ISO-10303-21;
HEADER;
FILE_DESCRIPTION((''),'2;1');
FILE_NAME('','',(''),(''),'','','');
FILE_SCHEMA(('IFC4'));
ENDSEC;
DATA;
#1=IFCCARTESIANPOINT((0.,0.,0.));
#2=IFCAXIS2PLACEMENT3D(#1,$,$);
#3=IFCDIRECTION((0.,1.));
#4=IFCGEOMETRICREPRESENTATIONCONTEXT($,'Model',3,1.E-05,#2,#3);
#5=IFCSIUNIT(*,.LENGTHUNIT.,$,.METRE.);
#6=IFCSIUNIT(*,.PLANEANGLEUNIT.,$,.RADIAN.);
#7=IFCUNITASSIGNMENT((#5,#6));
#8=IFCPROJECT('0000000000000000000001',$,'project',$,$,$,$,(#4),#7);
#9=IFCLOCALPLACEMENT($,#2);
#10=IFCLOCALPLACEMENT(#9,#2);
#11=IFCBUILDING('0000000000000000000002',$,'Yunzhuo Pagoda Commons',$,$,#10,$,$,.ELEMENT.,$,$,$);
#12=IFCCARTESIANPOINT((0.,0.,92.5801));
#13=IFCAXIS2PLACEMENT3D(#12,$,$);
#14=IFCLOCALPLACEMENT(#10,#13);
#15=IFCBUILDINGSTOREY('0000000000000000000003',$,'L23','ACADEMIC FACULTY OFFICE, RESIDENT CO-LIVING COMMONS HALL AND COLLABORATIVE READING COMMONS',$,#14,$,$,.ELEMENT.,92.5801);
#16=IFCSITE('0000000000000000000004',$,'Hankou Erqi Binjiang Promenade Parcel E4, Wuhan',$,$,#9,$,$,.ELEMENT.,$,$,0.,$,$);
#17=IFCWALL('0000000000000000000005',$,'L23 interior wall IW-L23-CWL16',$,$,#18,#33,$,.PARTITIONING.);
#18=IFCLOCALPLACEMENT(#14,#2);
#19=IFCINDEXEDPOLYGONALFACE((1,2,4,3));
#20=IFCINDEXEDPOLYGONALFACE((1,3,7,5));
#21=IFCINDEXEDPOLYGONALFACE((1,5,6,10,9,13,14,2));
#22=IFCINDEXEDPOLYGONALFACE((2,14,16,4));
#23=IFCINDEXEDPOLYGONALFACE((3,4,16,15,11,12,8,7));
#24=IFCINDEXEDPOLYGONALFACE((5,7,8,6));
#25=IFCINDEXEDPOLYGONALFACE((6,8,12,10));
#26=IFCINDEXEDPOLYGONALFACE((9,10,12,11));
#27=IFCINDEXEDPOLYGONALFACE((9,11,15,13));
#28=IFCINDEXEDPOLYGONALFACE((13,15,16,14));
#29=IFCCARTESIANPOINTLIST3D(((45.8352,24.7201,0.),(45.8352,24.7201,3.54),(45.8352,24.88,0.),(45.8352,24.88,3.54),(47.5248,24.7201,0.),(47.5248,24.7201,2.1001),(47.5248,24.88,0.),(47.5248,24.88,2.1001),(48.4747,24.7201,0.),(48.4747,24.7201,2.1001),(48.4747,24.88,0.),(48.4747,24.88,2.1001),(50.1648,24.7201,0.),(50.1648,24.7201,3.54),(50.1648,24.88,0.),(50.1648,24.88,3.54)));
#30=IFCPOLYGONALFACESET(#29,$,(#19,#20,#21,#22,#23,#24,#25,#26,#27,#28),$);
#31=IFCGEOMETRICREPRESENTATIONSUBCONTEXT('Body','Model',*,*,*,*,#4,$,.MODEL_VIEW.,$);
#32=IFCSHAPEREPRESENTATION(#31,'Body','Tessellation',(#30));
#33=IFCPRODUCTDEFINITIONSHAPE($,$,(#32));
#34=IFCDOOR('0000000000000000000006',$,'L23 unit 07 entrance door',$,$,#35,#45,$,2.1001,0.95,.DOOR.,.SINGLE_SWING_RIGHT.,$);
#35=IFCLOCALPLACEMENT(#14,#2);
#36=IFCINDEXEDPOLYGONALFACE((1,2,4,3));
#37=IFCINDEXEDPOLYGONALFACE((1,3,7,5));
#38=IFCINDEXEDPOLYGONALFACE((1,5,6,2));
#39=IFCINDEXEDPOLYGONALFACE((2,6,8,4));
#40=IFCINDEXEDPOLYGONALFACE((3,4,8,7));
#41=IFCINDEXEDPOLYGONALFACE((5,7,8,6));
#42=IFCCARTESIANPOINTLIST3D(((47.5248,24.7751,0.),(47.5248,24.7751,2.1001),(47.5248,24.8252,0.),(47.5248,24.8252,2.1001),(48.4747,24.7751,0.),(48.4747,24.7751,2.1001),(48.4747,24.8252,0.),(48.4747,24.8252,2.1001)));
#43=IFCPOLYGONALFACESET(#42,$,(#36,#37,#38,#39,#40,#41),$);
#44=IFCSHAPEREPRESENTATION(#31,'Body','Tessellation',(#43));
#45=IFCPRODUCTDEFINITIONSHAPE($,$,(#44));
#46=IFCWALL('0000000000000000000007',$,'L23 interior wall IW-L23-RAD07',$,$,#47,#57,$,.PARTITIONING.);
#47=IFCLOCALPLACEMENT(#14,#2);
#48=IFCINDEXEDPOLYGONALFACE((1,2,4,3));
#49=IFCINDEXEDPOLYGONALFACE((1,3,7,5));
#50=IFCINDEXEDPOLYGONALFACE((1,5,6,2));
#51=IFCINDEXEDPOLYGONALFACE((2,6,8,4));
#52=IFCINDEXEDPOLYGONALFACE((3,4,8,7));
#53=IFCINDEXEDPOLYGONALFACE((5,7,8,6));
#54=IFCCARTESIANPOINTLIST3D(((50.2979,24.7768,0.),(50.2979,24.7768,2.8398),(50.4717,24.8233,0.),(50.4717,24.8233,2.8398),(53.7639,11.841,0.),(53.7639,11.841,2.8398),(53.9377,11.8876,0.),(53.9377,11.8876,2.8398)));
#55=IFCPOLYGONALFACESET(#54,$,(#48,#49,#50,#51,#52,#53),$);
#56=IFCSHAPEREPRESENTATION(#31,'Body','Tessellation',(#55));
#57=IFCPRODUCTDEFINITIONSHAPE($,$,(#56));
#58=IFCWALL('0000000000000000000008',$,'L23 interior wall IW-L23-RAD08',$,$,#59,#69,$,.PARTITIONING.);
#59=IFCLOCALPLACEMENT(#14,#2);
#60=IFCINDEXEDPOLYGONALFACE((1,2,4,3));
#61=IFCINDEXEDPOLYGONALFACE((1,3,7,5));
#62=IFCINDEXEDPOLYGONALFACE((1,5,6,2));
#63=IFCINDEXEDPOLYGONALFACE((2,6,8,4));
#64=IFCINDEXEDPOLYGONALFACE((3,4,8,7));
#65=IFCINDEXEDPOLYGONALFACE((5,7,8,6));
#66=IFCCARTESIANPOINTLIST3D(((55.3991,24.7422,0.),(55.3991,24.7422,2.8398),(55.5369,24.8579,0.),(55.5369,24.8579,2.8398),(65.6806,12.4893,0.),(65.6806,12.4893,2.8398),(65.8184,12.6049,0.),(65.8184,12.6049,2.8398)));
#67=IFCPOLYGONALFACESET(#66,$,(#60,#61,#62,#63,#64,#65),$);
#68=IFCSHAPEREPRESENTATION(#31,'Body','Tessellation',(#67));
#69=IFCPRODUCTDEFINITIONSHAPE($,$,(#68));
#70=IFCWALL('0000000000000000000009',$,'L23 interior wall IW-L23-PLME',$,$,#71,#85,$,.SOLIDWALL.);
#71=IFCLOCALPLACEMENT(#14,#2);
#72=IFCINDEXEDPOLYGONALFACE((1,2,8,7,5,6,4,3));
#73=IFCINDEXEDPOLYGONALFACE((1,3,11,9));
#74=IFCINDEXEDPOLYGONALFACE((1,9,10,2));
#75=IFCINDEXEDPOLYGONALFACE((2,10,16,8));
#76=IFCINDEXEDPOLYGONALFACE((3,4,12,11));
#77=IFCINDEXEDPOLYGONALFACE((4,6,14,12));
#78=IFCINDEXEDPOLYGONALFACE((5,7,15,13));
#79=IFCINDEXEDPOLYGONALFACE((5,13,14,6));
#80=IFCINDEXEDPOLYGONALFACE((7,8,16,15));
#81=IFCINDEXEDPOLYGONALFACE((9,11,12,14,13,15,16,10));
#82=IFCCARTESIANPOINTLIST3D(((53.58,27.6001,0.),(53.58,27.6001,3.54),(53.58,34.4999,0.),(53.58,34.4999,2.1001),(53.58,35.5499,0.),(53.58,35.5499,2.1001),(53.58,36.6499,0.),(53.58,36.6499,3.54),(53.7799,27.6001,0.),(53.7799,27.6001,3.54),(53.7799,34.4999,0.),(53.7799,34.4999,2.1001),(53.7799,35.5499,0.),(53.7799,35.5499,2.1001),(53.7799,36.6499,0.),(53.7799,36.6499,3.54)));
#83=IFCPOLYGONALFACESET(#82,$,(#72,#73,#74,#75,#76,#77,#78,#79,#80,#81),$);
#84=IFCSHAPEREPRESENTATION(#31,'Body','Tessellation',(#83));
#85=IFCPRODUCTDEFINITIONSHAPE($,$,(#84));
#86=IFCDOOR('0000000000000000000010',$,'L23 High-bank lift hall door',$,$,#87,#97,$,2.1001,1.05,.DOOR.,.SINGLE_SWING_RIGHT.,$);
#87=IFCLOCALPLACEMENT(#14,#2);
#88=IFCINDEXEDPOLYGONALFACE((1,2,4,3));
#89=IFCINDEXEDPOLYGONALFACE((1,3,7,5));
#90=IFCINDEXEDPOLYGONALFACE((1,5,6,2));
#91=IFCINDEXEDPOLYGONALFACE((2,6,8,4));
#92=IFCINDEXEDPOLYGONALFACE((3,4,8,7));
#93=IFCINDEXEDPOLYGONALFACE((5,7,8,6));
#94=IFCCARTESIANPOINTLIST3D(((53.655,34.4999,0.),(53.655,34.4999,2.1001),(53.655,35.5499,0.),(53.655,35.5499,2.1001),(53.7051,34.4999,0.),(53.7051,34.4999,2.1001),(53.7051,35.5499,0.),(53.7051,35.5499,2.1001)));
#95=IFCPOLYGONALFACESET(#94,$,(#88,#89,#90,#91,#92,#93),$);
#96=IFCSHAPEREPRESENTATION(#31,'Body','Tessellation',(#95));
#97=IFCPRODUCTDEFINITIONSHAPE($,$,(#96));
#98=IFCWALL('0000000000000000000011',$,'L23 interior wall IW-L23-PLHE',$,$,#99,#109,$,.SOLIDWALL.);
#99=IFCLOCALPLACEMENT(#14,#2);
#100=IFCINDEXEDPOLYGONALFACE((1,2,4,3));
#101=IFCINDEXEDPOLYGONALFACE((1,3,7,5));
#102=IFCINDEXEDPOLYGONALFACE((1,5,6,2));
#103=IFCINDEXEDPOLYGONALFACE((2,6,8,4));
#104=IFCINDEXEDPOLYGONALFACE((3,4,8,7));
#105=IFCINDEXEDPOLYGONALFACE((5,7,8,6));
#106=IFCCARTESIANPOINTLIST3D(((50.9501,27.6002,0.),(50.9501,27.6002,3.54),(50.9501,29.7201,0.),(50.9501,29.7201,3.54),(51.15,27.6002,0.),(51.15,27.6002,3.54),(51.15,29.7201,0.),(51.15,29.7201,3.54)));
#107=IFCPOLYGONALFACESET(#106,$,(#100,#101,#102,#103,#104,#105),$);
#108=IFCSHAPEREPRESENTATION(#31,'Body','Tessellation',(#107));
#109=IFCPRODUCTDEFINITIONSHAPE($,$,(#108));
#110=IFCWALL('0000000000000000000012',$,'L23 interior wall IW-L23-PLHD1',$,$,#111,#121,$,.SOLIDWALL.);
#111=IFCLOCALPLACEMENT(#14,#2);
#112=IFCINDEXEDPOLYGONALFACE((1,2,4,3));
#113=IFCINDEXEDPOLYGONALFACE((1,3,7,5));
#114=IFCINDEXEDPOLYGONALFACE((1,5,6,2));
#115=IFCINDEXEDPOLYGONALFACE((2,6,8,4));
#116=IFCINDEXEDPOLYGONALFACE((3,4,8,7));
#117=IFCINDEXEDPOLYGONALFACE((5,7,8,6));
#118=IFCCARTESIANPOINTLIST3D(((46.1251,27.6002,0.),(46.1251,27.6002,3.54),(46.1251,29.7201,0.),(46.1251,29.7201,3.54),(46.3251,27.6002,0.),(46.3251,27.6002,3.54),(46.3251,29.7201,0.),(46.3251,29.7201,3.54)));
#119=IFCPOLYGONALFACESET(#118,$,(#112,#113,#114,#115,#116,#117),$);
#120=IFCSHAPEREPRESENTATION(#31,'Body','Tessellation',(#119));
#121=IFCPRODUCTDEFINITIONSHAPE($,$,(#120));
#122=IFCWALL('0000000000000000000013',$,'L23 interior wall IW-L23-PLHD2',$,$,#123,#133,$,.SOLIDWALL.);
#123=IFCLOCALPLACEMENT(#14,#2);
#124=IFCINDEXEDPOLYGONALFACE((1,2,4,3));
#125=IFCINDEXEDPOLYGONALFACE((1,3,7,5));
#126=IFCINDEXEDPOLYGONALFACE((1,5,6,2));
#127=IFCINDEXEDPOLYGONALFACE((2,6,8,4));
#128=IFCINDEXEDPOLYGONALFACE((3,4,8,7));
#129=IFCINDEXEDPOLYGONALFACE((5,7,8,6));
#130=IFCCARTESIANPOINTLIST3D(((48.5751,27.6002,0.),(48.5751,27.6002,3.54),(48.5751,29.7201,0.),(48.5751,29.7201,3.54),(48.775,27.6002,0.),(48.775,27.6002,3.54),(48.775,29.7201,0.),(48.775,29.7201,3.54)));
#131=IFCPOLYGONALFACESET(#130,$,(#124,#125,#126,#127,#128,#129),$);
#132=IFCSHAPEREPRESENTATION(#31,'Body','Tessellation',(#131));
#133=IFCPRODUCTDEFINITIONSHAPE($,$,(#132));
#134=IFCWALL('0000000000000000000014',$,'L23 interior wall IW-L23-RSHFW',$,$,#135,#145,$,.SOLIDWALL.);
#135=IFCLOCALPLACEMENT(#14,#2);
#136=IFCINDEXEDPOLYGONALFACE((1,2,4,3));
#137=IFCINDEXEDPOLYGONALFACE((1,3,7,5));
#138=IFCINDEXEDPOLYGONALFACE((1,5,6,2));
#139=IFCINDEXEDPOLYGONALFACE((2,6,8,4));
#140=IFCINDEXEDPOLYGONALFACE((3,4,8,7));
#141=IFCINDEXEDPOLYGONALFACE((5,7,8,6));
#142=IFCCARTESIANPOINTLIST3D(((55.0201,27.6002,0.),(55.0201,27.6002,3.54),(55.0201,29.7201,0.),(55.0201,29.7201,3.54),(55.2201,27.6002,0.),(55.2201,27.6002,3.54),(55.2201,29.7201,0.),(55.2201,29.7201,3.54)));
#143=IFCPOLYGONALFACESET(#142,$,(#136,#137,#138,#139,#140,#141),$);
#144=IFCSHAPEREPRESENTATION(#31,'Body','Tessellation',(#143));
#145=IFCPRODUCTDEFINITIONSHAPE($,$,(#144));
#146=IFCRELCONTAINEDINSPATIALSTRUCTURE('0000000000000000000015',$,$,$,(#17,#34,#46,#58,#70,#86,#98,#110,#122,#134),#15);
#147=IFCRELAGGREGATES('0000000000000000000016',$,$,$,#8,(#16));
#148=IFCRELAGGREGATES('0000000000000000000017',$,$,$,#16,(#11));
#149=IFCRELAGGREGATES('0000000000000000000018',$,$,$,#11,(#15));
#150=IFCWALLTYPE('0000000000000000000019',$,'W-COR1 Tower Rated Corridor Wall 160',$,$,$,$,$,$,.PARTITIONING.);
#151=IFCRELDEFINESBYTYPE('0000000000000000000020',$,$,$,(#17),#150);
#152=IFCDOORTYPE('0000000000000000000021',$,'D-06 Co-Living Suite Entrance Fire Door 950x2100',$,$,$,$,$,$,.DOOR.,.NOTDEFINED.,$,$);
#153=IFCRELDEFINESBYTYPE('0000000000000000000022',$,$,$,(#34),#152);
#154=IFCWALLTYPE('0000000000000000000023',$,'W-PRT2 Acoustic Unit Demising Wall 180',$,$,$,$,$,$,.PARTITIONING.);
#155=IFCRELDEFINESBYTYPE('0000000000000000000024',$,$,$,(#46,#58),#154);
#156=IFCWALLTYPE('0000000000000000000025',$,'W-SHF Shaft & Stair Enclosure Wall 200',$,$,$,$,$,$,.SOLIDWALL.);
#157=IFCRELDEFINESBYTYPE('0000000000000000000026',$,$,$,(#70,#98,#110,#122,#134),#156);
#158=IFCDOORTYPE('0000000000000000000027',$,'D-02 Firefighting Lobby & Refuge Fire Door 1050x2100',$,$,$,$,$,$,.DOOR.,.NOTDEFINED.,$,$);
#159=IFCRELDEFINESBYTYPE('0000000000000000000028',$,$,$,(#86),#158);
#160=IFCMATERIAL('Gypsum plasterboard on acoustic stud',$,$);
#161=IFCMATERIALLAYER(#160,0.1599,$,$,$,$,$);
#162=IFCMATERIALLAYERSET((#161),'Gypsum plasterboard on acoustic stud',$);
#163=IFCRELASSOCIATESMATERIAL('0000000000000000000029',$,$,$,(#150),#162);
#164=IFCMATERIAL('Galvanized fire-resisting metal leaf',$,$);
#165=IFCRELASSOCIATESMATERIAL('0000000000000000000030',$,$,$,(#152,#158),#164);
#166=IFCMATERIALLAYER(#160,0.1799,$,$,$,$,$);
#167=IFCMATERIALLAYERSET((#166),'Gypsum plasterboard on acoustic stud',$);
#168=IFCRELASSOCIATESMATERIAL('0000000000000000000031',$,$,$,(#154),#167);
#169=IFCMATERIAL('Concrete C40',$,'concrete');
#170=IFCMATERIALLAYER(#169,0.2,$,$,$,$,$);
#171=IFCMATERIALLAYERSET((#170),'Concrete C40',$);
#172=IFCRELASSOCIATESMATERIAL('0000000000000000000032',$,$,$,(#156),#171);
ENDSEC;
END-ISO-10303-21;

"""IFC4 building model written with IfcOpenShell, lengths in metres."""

from ifc_helpers import new_model, si_unit, direction, frame, frame_2d, origin, origin_with_axes, place, context, subcontext, project, spatial, rectangle, extrude, source, transform, mapped, material, layer, layer_set, type_object, element, fill, save


model = new_model("IFC4")

# Units and contexts
model_context = context("Model", 3, precision=1e-05, world=origin(), true_north=direction((0.0, 1.0)))
body_context = subcontext(model_context, "Body", "Model", "MODEL_VIEW")
ifc_project = project(units=[si_unit("LENGTHUNIT", "METRE"), si_unit("PLANEANGLEUNIT", "RADIAN")], contexts=[model_context])

# Site, building, storey
site_placement = place(None, origin())
site = spatial("IfcSite", under=ifc_project, at=site_placement, Name="Hankou Erqi Binjiang Promenade Parcel E4, Wuhan", CompositionType="ELEMENT", RefElevation=0.0)
building_placement = place(site_placement, origin())
building = spatial("IfcBuilding", under=site, at=building_placement, Name="Yunzhuo Pagoda Commons", CompositionType="ELEMENT")
storey_placement = place(building_placement, frame((0.0, 0.0, 92.5801)))
storey = spatial("IfcBuildingStorey", under=building, at=storey_placement, Name="L23", Description="ACADEMIC FACULTY OFFICE, RESIDENT CO-LIVING COMMONS HALL AND COLLABORATIVE READING COMMONS", CompositionType="ELEMENT", Elevation=92.5801)

# Wall, opening, door
ifc_material_1 = material(Name="Gypsum plasterboard on acoustic stud")
ifc_layer_1 = layer(ifc_material_1, 0.1599)
ifc_layer_set_1 = layer_set([ifc_layer_1], Name="Gypsum plasterboard on acoustic stud")
wall_type_1 = type_object("IfcWallType", Name="W-COR1 Tower Rated Corridor Wall 160", PredefinedType="PARTITIONING", material=ifc_layer_set_1)
ifc_material_2 = material(Name="Galvanized fire-resisting metal leaf")
door_type_1 = type_object("IfcDoorType", Name="D-06 Co-Living Suite Entrance Fire Door 950x2100", OperationType="NOTDEFINED", PredefinedType="DOOR", material=ifc_material_2)
shared_shape_1 = source(origin(), body_context, "Body", "SweptSolid", [
    extrude(rectangle(XDim=0.95, YDim=2.1001, at=frame_2d((0.4751, 1.05))), frame((0.0, 0.0249, 0.0), z_axis=(0.0, -1.0, 0.0), x_axis=(1.0, 0.0, 0.0)), (0.0, 0.0, 1.0), 0.05),
])
wall_1_placement = place(storey_placement, frame((50.1648, 24.8, 0.0), z_axis=(0.0, 0.0, 1.0), x_axis=(-1.0, 0.0, 0.0)))
wall_1 = element("IfcWall", 1, at=wall_1_placement, inside=storey, type_object=wall_type_1, Name="L23 interior wall IW-L23-CWL16", PredefinedType="PARTITIONING", context=body_context, shape_type="SweptSolid", body=[
    extrude(rectangle(XDim=4.3296, YDim=0.1599, at=frame_2d((2.1648, 0.0))), origin(), (0.0, 0.0, 1.0), 3.54),
])
opening_1_placement = place(wall_1_placement, frame((1.6899, 0.0, 0.0)))
opening_1 = element("IfcOpeningElement", 2, at=opening_1_placement, cuts=wall_1, PredefinedType="OPENING", context=body_context, shape_type="SweptSolid", body=[
    extrude(rectangle(XDim=0.95, YDim=2.1001, at=frame_2d((0.4751, 1.05))), frame((0.0, 0.0898, 0.0), z_axis=(0.0, -1.0, 0.0), x_axis=(1.0, 0.0, 0.0)), (0.0, 0.0, 1.0), 0.1799),
])
door_1_placement = place(opening_1_placement, origin_with_axes())
door_1 = element("IfcDoor", 3, at=door_1_placement, inside=storey, type_object=door_type_1, Name="L23 unit 07 entrance door", OperationType="SINGLE_SWING_RIGHT", OverallHeight=2.1001, OverallWidth=0.95, PredefinedType="DOOR", context=body_context, shape_type="MappedRepresentation", body=[
    mapped(shared_shape_1, transform((0.0, 0.0, 0.0), scale=1.0)),
])
fill(opening_1, door_1)

# Walls
ifc_layer_2 = layer(ifc_material_1, 0.1799)
ifc_layer_set_2 = layer_set([ifc_layer_2], Name="Gypsum plasterboard on acoustic stud")
wall_type_2 = type_object("IfcWallType", Name="W-PRT2 Acoustic Unit Demising Wall 180", PredefinedType="PARTITIONING", material=ifc_layer_set_2)
wall_2_placement = place(storey_placement, frame((50.3848, 24.8, 0.0), z_axis=(0.0, 0.0, 1.0), x_axis=(0.258814, -0.965927, 0.0)))
element("IfcWall", 4, at=wall_2_placement, inside=storey, type_object=wall_type_2, Name="L23 interior wall IW-L23-RAD07", PredefinedType="PARTITIONING", context=body_context, shape_type="SweptSolid", body=[
    extrude(rectangle(XDim=13.3921, YDim=0.1799, at=frame_2d((6.696, 0.0))), origin(), (0.0, 0.0, 1.0), 2.8398),
])
wall_3_placement = place(storey_placement, frame((55.468, 24.8, 0.0), z_axis=(0.0, 0.0, 1.0), x_axis=(0.64279, -0.766042, 0.0)))
element("IfcWall", 5, at=wall_3_placement, inside=storey, type_object=wall_type_2, Name="L23 interior wall IW-L23-RAD08", PredefinedType="PARTITIONING", context=body_context, shape_type="SweptSolid", body=[
    extrude(rectangle(XDim=15.9951, YDim=0.1799, at=frame_2d((7.9976, 0.0))), origin(), (0.0, 0.0, 1.0), 2.8398),
])

# Wall, opening, door
ifc_material_3 = material(Name="Concrete C40", Category="concrete")
ifc_layer_3 = layer(ifc_material_3, 0.2)
ifc_layer_set_3 = layer_set([ifc_layer_3], Name="Concrete C40")
wall_type_3 = type_object("IfcWallType", Name="W-SHF Shaft & Stair Enclosure Wall 200", PredefinedType="SOLIDWALL", material=ifc_layer_set_3)
wall_4_placement = place(storey_placement, frame((53.6799, 27.6001, 0.0), z_axis=(0.0, 0.0, 1.0), x_axis=(0.0, 1.0, 0.0)))
wall_4 = element("IfcWall", 6, at=wall_4_placement, inside=storey, type_object=wall_type_3, Name="L23 interior wall IW-L23-PLME", PredefinedType="SOLIDWALL", context=body_context, shape_type="SweptSolid", body=[
    extrude(rectangle(XDim=9.0498, YDim=0.2, at=frame_2d((4.5249, 0.0))), origin(), (0.0, 0.0, 1.0), 3.54),
])
opening_2_placement = place(wall_4_placement, frame((6.8999, 0.0, 0.0)))
opening_2 = element("IfcOpeningElement", 7, at=opening_2_placement, cuts=wall_4, PredefinedType="OPENING", context=body_context, shape_type="SweptSolid", body=[
    extrude(rectangle(XDim=1.05, YDim=2.1001, at=frame_2d((0.5249, 1.05))), frame((0.0, 0.1099, 0.0), z_axis=(0.0, -1.0, 0.0), x_axis=(1.0, 0.0, 0.0)), (0.0, 0.0, 1.0), 0.22),
])
door_type_2 = type_object("IfcDoorType", Name="D-02 Firefighting Lobby & Refuge Fire Door 1050x2100", OperationType="NOTDEFINED", PredefinedType="DOOR", material=ifc_material_2)
shared_shape_2 = source(origin(), body_context, "Body", "SweptSolid", [
    extrude(rectangle(XDim=1.05, YDim=2.1001, at=frame_2d((0.5249, 1.05))), frame((0.0, 0.0249, 0.0), z_axis=(0.0, -1.0, 0.0), x_axis=(1.0, 0.0, 0.0)), (0.0, 0.0, 1.0), 0.05),
])
door_2_placement = place(opening_2_placement, origin_with_axes())
door_2 = element("IfcDoor", 8, at=door_2_placement, inside=storey, type_object=door_type_2, Name="L23 High-bank lift hall door", OperationType="SINGLE_SWING_RIGHT", OverallHeight=2.1001, OverallWidth=1.05, PredefinedType="DOOR", context=body_context, shape_type="MappedRepresentation", body=[
    mapped(shared_shape_2, transform((0.0, 0.0, 0.0), scale=1.0)),
])
fill(opening_2, door_2)

# Walls
for number, where, z_axis, x_axis, name in (
    (9, (51.05, 27.6001, 0.0), (0.0, 0.0, 1.0), (0.0, 1.0, 0.0), "L23 interior wall IW-L23-PLHE"),
    (10, (46.2251, 27.6001, 0.0), (0.0, 0.0, 1.0), (0.0, 1.0, 0.0), "L23 interior wall IW-L23-PLHD1"),
    (11, (48.675, 27.6001, 0.0), (0.0, 0.0, 1.0), (0.0, 1.0, 0.0), "L23 interior wall IW-L23-PLHD2"),
    (12, (55.1201, 27.6001, 0.0), (0.0, 0.0, 1.0), (0.0, 1.0, 0.0), "L23 interior wall IW-L23-RSHFW"),
):
    element("IfcWall", number, at=place(storey_placement, frame(where, z_axis=z_axis, x_axis=x_axis)), inside=storey, type_object=wall_type_3, Name=name, PredefinedType="SOLIDWALL", context=body_context, shape_type="SweptSolid", body=[
        extrude(rectangle(XDim=2.1199, YDim=0.2, at=frame_2d((1.0601, 0.0))), origin(), (0.0, 0.0, 1.0), 3.54),
    ])

save(model, "model.ifc")
